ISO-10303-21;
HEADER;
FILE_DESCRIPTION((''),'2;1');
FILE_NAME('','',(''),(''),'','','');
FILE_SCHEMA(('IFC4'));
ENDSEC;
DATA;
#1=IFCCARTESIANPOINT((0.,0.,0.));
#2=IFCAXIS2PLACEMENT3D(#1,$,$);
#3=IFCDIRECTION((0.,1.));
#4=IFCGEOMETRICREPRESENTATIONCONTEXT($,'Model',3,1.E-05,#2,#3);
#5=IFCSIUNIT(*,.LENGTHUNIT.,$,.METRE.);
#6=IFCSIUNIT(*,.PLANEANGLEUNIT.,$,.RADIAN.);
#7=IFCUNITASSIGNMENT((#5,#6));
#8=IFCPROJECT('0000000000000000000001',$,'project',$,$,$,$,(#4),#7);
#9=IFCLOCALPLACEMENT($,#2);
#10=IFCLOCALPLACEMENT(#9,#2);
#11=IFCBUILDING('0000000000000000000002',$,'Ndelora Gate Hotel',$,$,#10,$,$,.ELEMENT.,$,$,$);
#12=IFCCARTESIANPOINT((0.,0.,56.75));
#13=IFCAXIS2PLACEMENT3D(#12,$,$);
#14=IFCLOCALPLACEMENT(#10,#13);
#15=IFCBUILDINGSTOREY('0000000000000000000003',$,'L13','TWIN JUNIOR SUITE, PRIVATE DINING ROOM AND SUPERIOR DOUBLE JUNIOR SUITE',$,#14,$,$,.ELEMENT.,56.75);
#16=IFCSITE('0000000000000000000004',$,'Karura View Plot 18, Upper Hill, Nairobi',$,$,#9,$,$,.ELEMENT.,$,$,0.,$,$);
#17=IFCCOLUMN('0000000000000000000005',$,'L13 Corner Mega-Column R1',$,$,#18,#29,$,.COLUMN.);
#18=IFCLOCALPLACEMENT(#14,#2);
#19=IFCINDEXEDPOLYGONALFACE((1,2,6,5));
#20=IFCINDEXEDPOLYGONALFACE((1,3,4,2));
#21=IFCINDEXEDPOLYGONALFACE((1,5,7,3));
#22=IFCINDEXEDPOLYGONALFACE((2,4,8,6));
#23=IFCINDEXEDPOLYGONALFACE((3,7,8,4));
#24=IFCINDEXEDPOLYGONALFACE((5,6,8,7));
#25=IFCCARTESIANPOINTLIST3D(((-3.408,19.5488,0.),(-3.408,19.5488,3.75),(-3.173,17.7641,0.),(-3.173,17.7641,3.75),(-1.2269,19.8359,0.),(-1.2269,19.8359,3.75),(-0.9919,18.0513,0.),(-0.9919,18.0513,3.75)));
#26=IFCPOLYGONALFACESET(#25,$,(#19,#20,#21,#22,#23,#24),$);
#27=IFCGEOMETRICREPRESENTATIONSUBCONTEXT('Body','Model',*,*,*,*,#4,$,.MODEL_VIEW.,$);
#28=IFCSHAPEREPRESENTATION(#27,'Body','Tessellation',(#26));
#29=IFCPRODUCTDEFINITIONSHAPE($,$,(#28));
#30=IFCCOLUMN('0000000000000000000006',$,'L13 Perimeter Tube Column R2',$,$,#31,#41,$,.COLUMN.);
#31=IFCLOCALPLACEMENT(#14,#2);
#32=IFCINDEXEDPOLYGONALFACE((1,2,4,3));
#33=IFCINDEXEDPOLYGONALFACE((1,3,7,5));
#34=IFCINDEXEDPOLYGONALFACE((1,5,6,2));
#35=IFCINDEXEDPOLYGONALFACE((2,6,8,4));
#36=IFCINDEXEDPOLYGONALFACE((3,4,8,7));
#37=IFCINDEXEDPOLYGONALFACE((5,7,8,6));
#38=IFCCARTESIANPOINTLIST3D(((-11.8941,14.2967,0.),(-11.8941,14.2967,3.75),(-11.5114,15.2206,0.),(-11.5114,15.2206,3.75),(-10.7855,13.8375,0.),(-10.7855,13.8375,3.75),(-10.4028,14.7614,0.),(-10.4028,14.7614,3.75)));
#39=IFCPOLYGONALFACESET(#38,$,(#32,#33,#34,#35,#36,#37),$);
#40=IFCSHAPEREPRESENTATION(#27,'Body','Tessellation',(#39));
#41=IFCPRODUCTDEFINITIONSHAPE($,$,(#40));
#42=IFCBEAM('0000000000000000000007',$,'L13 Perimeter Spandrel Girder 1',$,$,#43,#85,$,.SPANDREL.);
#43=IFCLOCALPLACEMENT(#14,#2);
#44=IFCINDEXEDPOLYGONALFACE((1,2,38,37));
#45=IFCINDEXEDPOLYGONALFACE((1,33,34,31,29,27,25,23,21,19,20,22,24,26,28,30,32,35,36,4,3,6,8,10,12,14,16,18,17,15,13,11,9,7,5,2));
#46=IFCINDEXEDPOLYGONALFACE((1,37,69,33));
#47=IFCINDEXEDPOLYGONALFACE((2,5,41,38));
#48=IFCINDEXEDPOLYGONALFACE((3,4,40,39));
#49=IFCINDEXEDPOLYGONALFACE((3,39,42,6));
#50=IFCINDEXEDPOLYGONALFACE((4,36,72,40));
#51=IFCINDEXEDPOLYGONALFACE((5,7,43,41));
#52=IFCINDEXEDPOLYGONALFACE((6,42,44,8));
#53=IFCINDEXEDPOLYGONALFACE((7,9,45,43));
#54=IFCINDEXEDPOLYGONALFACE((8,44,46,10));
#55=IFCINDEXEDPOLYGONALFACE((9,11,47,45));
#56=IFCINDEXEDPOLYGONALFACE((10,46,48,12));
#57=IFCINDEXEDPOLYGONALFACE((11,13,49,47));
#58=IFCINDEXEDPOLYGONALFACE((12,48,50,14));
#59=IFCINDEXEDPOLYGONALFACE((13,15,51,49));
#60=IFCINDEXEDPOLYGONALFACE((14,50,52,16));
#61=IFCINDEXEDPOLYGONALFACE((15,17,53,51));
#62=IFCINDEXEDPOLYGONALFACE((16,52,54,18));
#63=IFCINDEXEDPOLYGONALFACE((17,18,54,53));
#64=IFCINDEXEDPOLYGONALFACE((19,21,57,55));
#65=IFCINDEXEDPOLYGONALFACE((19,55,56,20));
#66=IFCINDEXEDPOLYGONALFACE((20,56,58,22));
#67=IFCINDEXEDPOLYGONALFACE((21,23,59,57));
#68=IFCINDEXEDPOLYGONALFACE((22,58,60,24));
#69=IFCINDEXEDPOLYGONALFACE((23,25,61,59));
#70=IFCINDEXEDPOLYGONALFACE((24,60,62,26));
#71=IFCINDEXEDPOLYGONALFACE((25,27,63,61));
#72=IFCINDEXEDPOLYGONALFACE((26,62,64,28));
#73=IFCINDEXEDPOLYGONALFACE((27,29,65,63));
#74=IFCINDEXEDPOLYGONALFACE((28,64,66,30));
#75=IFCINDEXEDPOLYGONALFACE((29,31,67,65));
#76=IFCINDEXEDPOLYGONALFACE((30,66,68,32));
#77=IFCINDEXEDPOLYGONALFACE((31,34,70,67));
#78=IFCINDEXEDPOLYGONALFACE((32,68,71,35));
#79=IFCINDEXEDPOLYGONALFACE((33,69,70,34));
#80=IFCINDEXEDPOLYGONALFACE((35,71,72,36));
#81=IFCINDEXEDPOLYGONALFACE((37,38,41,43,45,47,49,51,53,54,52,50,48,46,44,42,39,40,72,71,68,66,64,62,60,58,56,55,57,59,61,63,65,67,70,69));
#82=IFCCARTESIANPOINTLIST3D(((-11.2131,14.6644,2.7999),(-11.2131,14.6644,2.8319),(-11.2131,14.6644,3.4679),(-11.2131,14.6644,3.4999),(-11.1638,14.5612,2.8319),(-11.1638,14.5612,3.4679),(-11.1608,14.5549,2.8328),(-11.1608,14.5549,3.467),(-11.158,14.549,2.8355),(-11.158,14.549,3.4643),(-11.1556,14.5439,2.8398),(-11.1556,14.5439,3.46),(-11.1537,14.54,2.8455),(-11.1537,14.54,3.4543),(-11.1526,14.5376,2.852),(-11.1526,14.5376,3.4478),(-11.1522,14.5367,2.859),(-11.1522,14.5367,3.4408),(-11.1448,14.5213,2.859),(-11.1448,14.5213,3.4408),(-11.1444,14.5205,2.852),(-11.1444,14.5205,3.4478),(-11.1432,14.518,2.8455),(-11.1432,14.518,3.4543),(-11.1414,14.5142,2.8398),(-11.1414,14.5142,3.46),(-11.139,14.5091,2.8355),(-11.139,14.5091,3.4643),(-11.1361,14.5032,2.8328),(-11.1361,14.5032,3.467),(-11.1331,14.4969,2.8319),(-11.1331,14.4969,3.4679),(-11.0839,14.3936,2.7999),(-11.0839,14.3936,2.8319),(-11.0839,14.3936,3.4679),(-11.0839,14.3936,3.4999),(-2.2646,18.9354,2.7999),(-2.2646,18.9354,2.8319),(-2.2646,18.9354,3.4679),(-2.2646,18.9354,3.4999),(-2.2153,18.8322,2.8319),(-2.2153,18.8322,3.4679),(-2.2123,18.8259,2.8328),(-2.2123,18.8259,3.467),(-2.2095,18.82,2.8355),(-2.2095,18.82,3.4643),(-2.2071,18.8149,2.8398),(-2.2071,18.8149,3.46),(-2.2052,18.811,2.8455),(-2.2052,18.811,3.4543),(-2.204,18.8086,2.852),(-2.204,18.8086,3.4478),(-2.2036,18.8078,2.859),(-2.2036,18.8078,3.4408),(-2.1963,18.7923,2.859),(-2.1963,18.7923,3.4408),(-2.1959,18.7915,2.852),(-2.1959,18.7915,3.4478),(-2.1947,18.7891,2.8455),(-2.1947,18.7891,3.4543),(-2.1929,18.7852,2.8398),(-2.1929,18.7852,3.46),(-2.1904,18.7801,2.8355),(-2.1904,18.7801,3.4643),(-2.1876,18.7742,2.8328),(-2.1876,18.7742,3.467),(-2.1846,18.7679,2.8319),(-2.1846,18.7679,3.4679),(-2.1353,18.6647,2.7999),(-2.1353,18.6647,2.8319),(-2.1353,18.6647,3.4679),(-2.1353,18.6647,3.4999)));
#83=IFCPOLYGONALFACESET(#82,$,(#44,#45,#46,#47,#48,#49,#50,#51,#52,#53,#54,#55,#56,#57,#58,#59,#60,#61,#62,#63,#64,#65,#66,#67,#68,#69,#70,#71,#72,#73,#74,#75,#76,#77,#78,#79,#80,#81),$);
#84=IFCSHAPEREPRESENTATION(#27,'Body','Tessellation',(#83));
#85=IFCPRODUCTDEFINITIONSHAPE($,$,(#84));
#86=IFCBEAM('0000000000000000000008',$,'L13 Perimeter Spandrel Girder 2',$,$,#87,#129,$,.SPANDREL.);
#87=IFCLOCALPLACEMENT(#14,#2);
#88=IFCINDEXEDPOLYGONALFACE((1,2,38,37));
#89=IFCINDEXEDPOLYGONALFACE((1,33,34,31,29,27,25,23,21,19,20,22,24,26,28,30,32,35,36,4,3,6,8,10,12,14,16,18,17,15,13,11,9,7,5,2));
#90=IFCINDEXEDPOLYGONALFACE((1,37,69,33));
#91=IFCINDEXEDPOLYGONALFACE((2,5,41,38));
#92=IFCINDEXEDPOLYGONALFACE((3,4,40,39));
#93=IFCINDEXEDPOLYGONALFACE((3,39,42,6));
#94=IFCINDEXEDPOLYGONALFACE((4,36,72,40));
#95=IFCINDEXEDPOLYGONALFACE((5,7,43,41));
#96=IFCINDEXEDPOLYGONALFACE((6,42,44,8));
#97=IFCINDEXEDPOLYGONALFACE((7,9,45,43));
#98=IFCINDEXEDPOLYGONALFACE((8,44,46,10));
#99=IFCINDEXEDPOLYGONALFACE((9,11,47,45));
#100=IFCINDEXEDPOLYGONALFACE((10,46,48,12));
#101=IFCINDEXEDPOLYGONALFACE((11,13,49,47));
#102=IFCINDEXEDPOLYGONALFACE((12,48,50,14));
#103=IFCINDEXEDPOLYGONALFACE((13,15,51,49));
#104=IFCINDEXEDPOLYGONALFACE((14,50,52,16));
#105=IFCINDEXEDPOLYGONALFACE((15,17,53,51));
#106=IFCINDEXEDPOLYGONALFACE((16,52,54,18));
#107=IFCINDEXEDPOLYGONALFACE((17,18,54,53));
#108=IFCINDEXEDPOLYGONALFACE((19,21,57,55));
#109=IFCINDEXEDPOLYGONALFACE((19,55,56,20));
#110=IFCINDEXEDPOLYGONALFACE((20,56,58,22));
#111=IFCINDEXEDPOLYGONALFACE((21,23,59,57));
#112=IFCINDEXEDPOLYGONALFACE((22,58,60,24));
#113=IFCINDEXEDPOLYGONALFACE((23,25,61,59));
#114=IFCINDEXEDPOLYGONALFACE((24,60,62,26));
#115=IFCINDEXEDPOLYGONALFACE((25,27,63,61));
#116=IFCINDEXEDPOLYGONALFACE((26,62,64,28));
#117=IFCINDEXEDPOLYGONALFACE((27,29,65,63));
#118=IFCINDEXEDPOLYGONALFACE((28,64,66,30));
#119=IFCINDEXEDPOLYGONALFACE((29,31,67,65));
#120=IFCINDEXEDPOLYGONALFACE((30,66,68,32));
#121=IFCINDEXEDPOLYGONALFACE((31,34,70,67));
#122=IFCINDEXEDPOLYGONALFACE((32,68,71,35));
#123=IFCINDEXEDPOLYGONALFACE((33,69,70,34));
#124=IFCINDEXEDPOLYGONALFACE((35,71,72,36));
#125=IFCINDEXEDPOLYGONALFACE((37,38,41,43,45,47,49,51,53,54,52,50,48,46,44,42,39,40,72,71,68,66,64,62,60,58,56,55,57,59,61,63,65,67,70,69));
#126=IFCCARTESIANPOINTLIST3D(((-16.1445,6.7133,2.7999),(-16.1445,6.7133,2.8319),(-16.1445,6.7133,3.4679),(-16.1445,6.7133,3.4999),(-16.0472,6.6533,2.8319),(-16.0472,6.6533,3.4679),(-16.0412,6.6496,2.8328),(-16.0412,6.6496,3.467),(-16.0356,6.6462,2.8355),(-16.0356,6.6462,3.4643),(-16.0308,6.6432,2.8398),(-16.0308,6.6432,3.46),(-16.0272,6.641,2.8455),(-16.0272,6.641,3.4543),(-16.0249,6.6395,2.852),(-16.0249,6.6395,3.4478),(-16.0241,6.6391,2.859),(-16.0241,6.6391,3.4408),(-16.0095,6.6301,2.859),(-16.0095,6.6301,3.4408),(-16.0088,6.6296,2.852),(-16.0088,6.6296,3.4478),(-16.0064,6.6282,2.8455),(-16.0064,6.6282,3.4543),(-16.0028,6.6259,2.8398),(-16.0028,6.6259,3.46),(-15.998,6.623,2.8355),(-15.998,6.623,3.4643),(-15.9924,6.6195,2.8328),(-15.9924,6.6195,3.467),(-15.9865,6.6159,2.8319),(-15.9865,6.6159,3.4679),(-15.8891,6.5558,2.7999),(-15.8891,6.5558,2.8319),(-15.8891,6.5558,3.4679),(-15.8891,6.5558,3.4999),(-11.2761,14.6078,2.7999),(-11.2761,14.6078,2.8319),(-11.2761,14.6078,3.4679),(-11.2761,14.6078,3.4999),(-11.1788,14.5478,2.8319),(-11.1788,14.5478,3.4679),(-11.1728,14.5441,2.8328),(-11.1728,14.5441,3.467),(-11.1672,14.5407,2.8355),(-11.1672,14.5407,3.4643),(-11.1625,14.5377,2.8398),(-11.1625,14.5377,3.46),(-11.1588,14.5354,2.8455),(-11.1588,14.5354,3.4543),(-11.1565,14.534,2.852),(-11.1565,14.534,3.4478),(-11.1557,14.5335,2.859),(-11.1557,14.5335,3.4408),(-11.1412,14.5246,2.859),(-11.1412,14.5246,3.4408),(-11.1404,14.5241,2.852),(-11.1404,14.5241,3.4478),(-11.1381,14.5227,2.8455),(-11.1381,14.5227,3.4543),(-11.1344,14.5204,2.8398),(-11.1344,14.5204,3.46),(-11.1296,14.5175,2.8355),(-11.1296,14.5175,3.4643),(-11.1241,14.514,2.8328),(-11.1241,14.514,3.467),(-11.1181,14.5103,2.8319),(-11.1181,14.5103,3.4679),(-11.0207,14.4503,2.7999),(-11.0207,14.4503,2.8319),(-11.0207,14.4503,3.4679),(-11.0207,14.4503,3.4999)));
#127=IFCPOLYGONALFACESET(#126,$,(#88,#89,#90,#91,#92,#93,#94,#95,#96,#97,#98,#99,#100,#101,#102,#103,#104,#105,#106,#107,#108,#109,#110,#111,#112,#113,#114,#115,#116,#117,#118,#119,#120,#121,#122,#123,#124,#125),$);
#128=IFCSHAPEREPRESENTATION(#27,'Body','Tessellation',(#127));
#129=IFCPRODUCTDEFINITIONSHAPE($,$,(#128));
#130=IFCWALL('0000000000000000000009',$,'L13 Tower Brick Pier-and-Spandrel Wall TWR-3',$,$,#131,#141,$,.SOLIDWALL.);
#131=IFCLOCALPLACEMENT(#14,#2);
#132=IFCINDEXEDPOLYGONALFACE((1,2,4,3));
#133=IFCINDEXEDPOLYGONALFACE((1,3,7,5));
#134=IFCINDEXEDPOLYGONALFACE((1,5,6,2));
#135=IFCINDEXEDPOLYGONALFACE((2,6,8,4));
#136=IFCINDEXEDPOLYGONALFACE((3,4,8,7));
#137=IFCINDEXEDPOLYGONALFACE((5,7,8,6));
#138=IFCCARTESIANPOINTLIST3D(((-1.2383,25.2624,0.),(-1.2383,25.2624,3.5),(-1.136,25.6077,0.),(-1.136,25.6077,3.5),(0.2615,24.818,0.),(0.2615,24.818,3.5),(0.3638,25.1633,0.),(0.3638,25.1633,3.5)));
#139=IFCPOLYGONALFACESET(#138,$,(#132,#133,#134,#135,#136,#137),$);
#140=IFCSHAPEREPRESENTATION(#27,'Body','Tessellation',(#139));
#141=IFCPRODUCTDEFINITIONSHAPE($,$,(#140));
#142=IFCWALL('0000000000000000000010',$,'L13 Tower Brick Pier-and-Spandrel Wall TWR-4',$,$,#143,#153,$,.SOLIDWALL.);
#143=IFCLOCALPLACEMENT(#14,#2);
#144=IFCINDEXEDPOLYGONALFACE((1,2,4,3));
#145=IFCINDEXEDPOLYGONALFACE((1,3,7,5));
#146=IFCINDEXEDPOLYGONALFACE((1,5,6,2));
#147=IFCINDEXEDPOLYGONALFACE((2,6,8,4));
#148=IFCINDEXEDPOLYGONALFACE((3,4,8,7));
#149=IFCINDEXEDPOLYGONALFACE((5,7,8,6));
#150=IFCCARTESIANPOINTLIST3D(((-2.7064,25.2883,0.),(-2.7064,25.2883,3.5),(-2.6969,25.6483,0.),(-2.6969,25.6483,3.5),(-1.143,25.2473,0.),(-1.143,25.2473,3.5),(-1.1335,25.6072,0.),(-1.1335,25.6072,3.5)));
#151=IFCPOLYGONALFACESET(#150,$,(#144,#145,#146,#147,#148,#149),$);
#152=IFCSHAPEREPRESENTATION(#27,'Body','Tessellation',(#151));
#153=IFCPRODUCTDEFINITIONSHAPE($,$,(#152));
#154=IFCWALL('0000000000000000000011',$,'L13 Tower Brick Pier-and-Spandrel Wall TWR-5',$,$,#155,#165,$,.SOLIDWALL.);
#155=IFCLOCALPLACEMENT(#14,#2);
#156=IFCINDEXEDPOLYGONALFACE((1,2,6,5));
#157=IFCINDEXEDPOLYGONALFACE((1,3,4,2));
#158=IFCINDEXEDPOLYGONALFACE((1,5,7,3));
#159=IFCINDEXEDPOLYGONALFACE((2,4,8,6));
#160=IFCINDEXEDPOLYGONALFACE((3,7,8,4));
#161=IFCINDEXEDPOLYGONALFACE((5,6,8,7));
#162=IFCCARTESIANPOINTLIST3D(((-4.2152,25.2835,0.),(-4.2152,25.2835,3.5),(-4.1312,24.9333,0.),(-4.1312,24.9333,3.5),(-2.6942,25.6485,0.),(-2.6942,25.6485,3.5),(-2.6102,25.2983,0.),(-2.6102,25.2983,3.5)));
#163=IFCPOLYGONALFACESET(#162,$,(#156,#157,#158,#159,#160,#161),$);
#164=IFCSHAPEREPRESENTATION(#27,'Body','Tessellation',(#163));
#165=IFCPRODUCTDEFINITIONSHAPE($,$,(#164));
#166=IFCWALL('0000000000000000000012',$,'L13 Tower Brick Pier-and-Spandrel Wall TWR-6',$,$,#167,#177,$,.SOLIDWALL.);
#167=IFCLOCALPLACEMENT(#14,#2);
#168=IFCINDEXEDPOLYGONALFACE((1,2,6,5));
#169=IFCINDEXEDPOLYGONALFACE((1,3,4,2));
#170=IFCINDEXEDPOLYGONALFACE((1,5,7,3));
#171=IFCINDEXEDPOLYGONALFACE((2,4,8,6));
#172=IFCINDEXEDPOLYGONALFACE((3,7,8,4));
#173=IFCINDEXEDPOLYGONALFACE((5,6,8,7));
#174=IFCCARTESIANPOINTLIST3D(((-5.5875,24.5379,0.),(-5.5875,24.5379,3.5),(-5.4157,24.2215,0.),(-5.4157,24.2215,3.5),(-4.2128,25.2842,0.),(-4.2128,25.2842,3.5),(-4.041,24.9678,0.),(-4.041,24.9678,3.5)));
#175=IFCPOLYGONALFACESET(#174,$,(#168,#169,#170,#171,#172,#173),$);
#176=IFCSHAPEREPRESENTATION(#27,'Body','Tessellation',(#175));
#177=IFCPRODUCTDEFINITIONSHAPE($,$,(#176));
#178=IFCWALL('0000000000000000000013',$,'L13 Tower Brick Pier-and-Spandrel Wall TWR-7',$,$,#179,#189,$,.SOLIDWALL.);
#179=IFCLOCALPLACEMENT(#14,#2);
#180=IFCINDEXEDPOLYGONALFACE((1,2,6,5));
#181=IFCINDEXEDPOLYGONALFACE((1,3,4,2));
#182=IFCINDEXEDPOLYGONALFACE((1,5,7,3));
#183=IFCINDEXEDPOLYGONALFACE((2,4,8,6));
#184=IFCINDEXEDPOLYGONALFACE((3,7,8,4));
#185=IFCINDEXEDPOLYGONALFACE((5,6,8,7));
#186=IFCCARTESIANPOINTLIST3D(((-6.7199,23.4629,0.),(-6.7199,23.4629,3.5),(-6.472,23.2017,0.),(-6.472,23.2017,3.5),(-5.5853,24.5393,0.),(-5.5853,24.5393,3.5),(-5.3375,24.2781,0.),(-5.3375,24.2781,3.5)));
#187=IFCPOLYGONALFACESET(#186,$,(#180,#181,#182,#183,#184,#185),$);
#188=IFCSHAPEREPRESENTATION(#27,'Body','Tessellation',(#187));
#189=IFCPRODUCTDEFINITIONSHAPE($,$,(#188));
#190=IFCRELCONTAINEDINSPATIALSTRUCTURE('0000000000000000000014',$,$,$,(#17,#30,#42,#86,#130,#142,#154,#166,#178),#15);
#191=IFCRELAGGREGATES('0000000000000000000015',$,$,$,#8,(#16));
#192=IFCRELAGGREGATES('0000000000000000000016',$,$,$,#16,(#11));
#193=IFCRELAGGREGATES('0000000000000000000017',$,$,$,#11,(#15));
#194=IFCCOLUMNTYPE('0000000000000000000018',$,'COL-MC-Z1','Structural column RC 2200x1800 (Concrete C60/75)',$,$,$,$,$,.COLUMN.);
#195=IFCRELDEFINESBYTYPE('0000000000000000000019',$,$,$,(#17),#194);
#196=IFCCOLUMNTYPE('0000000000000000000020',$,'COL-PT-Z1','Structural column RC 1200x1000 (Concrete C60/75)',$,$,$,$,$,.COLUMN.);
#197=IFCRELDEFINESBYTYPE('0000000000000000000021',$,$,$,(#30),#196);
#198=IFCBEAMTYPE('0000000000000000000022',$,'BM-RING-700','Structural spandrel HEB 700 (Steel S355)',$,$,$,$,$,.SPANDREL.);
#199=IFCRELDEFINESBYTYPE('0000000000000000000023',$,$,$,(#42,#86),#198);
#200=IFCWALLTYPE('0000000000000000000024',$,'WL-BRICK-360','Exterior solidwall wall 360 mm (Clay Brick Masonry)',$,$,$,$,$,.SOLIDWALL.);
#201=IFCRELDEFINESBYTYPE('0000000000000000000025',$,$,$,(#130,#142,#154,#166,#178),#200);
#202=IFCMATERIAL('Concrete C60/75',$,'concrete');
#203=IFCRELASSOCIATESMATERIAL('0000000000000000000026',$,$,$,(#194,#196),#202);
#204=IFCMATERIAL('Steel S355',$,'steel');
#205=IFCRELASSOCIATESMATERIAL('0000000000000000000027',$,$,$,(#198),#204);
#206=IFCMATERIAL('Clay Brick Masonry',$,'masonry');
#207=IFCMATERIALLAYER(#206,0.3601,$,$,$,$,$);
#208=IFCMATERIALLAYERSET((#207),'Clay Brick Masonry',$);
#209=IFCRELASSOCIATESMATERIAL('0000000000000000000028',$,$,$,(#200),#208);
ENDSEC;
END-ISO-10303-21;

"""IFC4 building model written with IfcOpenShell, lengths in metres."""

from ifc_helpers import new_model, si_unit, direction, frame, frame_2d, origin, origin_2d, place, context, subcontext, project, spatial, rectangle, i_section, extrude, material, layer, layer_set, material_profile, profile_set, type_object, element, save


model = new_model("IFC4")

# Units and contexts
model_context = context("Model", 3, precision=1e-05, world=origin(), true_north=direction((0.0, 1.0)))
body_context = subcontext(model_context, "Body", "Model", "MODEL_VIEW")
ifc_project = project(units=[si_unit("LENGTHUNIT", "METRE"), si_unit("PLANEANGLEUNIT", "RADIAN")], contexts=[model_context])

# Site, building, storey
site_placement = place(None, origin())
site = spatial("IfcSite", under=ifc_project, at=site_placement, Name="Karura View Plot 18, Upper Hill, Nairobi", CompositionType="ELEMENT", RefElevation=0.0)
building_placement = place(site_placement, origin())
building = spatial("IfcBuilding", under=site, at=building_placement, Name="Ndelora Gate Hotel", CompositionType="ELEMENT")
storey_placement = place(building_placement, frame((0.0, 0.0, 56.75)))
storey = spatial("IfcBuildingStorey", under=building, at=storey_placement, Name="L13", Description="TWIN JUNIOR SUITE, PRIVATE DINING ROOM AND SUPERIOR DOUBLE JUNIOR SUITE", CompositionType="ELEMENT", Elevation=56.75)

# Columns
ifc_material_1 = material(Name="Concrete C60/75", Category="concrete")
ifc_material_profile_1 = material_profile(ifc_material_1, rectangle(XDim=1.8, YDim=2.2, at=origin_2d()), Name="RC 2200x1800")
ifc_profile_set_1 = profile_set([ifc_material_profile_1], Name="Concrete C60/75")
column_type_1 = type_object("IfcColumnType", Name="COL-MC-Z1", Description="Structural column RC 2200x1800 (Concrete C60/75)", PredefinedType="COLUMN", material=ifc_profile_set_1)
column_1_placement = place(storey_placement, frame((-2.2, 18.8, 0.0), z_axis=(0.0, 0.0, 1.0), x_axis=(-0.130526, 0.991445, 0.0)))
element("IfcColumn", 1, at=column_1_placement, inside=storey, type_object=column_type_1, Name="L13 Corner Mega-Column R1", PredefinedType="COLUMN", context=body_context, shape_type="SweptSolid", body=[
    extrude(rectangle(XDim=1.8, YDim=2.2, at=origin_2d()), origin(), (0.0, 0.0, 1.0), 3.75),
])
ifc_material_profile_2 = material_profile(ifc_material_1, rectangle(XDim=1.0, YDim=1.2, at=origin_2d()), Name="RC 1200x1000")
ifc_profile_set_2 = profile_set([ifc_material_profile_2], Name="Concrete C60/75")
column_type_2 = type_object("IfcColumnType", Name="COL-PT-Z1", Description="Structural column RC 1200x1000 (Concrete C60/75)", PredefinedType="COLUMN", material=ifc_profile_set_2)
column_2_placement = place(storey_placement, frame((-11.1484, 14.5291, 0.0), z_axis=(0.0, 0.0, 1.0), x_axis=(0.382683, 0.92388, 0.0)))
element("IfcColumn", 2, at=column_2_placement, inside=storey, type_object=column_type_2, Name="L13 Perimeter Tube Column R2", PredefinedType="COLUMN", context=body_context, shape_type="SweptSolid", body=[
    extrude(rectangle(XDim=1.0, YDim=1.2, at=origin_2d()), origin(), (0.0, 0.0, 1.0), 3.75),
])

# Beams
ifc_material_2 = material(Name="Steel S355", Category="steel")
ifc_material_profile_3 = material_profile(ifc_material_2, i_section(OverallWidth=0.3, OverallDepth=0.7, WebThickness=0.0171, FlangeThickness=0.032, FilletRadius=0.0271, at=origin_2d()), Name="HEB 700")
ifc_profile_set_3 = profile_set([ifc_material_profile_3], Name="Steel S355")
beam_type = type_object("IfcBeamType", Name="BM-RING-700", Description="Structural spandrel HEB 700 (Steel S355)", PredefinedType="SPANDREL", material=ifc_profile_set_3)
beam_1_placement = place(storey_placement, frame((-2.2, 18.8, 3.1499), z_axis=(-0.902476, -0.43074, 0.0), x_axis=(0.43074, -0.902476, 0.0)))
element("IfcBeam", 3, at=beam_1_placement, inside=storey, type_object=beam_type, Name="L13 Perimeter Spandrel Girder 1", PredefinedType="SPANDREL", context=body_context, shape_type="SweptSolid", body=[
    extrude(i_section(OverallWidth=0.3, OverallDepth=0.7, WebThickness=0.0171, FlangeThickness=0.032, FilletRadius=0.0271, at=origin_2d()), origin(), (0.0, 0.0, 1.0), 9.9155),
])
beam_2_placement = place(storey_placement, frame((-11.1484, 14.5291, 3.1499), z_axis=(-0.524898, -0.851165, 0.0), x_axis=(0.851165, -0.524898, 0.0)))
element("IfcBeam", 4, at=beam_2_placement, inside=storey, type_object=beam_type, Name="L13 Perimeter Spandrel Girder 2", PredefinedType="SPANDREL", context=body_context, shape_type="SweptSolid", body=[
    extrude(i_section(OverallWidth=0.3, OverallDepth=0.7, WebThickness=0.0171, FlangeThickness=0.032, FilletRadius=0.0271, at=origin_2d()), origin(), (0.0, 0.0, 1.0), 9.2749),
])

# Walls
ifc_material_3 = material(Name="Clay Brick Masonry", Category="masonry")
ifc_layer_1 = layer(ifc_material_3, 0.3601)
ifc_layer_set_1 = layer_set([ifc_layer_1], Name="Clay Brick Masonry")
wall_type_1 = type_object("IfcWallType", Name="WL-BRICK-360", Description="Exterior solidwall wall 360 mm (Clay Brick Masonry)", PredefinedType="SOLIDWALL", material=ifc_layer_set_1)
wall_1_placement = place(storey_placement, frame((-1.1873, 25.4351, 0.0), z_axis=(0.0, 0.0, 1.0), x_axis=(0.958804, -0.284067, 0.0)))
element("IfcWall", 5, at=wall_1_placement, inside=storey, type_object=wall_type_1, Name="L13 Tower Brick Pier-and-Spandrel Wall TWR-3", PredefinedType="SOLIDWALL", context=body_context, shape_type="SweptSolid", body=[
    extrude(rectangle(XDim=1.5642, YDim=0.3601, at=frame_2d((0.7822, 0.0))), origin(), (0.0, 0.0, 1.0), 3.5),
])
wall_2_placement = place(storey_placement, frame((-2.7017, 25.4683, 0.0), z_axis=(0.0, 0.0, 1.0), x_axis=(0.999656, -0.026225, 0.0)))
element("IfcWall", 6, at=wall_2_placement, inside=storey, type_object=wall_type_1, Name="L13 Tower Brick Pier-and-Spandrel Wall TWR-4", PredefinedType="SOLIDWALL", context=body_context, shape_type="SweptSolid", body=[
    extrude(rectangle(XDim=1.564, YDim=0.3601, at=frame_2d((0.782, 0.0))), origin(), (0.0, 0.0, 1.0), 3.5),
])
for number, where, z_axis, x_axis, name in (
    (7, (-4.1733, 25.1084, 0.0), (0.0, 0.0, 1.0), (0.972394, 0.233343, 0.0), "L13 Tower Brick Pier-and-Spandrel Wall TWR-5"),
    (8, (-5.5017, 24.3796, 0.0), (0.0, 0.0, 1.0), (0.878842, 0.477113, 0.0), "L13 Tower Brick Pier-and-Spandrel Wall TWR-6"),
):
    element("IfcWall", number, at=place(storey_placement, frame(where, z_axis=z_axis, x_axis=x_axis)), inside=storey, type_object=wall_type_1, Name=name, PredefinedType="SOLIDWALL", context=body_context, shape_type="SweptSolid", body=[
        extrude(rectangle(XDim=1.5642, YDim=0.3601, at=frame_2d((0.7822, 0.0))), origin(), (0.0, 0.0, 1.0), 3.5),
    ])
for number, where, z_axis, x_axis, name in (
    (9, (-6.5959, 23.3323, 0.0), (0.0, 0.0, 1.0), (0.72544, 0.688286, 0.0), "L13 Tower Brick Pier-and-Spandrel Wall TWR-7"),
):
    element("IfcWall", number, at=place(storey_placement, frame(where, z_axis=z_axis, x_axis=x_axis)), inside=storey, type_object=wall_type_1, Name=name, PredefinedType="SOLIDWALL", context=body_context, shape_type="SweptSolid", body=[
        extrude(rectangle(XDim=1.564, YDim=0.3601, at=frame_2d((0.782, 0.0))), origin(), (0.0, 0.0, 1.0), 3.5),
    ])

save(model, "model.ifc")
